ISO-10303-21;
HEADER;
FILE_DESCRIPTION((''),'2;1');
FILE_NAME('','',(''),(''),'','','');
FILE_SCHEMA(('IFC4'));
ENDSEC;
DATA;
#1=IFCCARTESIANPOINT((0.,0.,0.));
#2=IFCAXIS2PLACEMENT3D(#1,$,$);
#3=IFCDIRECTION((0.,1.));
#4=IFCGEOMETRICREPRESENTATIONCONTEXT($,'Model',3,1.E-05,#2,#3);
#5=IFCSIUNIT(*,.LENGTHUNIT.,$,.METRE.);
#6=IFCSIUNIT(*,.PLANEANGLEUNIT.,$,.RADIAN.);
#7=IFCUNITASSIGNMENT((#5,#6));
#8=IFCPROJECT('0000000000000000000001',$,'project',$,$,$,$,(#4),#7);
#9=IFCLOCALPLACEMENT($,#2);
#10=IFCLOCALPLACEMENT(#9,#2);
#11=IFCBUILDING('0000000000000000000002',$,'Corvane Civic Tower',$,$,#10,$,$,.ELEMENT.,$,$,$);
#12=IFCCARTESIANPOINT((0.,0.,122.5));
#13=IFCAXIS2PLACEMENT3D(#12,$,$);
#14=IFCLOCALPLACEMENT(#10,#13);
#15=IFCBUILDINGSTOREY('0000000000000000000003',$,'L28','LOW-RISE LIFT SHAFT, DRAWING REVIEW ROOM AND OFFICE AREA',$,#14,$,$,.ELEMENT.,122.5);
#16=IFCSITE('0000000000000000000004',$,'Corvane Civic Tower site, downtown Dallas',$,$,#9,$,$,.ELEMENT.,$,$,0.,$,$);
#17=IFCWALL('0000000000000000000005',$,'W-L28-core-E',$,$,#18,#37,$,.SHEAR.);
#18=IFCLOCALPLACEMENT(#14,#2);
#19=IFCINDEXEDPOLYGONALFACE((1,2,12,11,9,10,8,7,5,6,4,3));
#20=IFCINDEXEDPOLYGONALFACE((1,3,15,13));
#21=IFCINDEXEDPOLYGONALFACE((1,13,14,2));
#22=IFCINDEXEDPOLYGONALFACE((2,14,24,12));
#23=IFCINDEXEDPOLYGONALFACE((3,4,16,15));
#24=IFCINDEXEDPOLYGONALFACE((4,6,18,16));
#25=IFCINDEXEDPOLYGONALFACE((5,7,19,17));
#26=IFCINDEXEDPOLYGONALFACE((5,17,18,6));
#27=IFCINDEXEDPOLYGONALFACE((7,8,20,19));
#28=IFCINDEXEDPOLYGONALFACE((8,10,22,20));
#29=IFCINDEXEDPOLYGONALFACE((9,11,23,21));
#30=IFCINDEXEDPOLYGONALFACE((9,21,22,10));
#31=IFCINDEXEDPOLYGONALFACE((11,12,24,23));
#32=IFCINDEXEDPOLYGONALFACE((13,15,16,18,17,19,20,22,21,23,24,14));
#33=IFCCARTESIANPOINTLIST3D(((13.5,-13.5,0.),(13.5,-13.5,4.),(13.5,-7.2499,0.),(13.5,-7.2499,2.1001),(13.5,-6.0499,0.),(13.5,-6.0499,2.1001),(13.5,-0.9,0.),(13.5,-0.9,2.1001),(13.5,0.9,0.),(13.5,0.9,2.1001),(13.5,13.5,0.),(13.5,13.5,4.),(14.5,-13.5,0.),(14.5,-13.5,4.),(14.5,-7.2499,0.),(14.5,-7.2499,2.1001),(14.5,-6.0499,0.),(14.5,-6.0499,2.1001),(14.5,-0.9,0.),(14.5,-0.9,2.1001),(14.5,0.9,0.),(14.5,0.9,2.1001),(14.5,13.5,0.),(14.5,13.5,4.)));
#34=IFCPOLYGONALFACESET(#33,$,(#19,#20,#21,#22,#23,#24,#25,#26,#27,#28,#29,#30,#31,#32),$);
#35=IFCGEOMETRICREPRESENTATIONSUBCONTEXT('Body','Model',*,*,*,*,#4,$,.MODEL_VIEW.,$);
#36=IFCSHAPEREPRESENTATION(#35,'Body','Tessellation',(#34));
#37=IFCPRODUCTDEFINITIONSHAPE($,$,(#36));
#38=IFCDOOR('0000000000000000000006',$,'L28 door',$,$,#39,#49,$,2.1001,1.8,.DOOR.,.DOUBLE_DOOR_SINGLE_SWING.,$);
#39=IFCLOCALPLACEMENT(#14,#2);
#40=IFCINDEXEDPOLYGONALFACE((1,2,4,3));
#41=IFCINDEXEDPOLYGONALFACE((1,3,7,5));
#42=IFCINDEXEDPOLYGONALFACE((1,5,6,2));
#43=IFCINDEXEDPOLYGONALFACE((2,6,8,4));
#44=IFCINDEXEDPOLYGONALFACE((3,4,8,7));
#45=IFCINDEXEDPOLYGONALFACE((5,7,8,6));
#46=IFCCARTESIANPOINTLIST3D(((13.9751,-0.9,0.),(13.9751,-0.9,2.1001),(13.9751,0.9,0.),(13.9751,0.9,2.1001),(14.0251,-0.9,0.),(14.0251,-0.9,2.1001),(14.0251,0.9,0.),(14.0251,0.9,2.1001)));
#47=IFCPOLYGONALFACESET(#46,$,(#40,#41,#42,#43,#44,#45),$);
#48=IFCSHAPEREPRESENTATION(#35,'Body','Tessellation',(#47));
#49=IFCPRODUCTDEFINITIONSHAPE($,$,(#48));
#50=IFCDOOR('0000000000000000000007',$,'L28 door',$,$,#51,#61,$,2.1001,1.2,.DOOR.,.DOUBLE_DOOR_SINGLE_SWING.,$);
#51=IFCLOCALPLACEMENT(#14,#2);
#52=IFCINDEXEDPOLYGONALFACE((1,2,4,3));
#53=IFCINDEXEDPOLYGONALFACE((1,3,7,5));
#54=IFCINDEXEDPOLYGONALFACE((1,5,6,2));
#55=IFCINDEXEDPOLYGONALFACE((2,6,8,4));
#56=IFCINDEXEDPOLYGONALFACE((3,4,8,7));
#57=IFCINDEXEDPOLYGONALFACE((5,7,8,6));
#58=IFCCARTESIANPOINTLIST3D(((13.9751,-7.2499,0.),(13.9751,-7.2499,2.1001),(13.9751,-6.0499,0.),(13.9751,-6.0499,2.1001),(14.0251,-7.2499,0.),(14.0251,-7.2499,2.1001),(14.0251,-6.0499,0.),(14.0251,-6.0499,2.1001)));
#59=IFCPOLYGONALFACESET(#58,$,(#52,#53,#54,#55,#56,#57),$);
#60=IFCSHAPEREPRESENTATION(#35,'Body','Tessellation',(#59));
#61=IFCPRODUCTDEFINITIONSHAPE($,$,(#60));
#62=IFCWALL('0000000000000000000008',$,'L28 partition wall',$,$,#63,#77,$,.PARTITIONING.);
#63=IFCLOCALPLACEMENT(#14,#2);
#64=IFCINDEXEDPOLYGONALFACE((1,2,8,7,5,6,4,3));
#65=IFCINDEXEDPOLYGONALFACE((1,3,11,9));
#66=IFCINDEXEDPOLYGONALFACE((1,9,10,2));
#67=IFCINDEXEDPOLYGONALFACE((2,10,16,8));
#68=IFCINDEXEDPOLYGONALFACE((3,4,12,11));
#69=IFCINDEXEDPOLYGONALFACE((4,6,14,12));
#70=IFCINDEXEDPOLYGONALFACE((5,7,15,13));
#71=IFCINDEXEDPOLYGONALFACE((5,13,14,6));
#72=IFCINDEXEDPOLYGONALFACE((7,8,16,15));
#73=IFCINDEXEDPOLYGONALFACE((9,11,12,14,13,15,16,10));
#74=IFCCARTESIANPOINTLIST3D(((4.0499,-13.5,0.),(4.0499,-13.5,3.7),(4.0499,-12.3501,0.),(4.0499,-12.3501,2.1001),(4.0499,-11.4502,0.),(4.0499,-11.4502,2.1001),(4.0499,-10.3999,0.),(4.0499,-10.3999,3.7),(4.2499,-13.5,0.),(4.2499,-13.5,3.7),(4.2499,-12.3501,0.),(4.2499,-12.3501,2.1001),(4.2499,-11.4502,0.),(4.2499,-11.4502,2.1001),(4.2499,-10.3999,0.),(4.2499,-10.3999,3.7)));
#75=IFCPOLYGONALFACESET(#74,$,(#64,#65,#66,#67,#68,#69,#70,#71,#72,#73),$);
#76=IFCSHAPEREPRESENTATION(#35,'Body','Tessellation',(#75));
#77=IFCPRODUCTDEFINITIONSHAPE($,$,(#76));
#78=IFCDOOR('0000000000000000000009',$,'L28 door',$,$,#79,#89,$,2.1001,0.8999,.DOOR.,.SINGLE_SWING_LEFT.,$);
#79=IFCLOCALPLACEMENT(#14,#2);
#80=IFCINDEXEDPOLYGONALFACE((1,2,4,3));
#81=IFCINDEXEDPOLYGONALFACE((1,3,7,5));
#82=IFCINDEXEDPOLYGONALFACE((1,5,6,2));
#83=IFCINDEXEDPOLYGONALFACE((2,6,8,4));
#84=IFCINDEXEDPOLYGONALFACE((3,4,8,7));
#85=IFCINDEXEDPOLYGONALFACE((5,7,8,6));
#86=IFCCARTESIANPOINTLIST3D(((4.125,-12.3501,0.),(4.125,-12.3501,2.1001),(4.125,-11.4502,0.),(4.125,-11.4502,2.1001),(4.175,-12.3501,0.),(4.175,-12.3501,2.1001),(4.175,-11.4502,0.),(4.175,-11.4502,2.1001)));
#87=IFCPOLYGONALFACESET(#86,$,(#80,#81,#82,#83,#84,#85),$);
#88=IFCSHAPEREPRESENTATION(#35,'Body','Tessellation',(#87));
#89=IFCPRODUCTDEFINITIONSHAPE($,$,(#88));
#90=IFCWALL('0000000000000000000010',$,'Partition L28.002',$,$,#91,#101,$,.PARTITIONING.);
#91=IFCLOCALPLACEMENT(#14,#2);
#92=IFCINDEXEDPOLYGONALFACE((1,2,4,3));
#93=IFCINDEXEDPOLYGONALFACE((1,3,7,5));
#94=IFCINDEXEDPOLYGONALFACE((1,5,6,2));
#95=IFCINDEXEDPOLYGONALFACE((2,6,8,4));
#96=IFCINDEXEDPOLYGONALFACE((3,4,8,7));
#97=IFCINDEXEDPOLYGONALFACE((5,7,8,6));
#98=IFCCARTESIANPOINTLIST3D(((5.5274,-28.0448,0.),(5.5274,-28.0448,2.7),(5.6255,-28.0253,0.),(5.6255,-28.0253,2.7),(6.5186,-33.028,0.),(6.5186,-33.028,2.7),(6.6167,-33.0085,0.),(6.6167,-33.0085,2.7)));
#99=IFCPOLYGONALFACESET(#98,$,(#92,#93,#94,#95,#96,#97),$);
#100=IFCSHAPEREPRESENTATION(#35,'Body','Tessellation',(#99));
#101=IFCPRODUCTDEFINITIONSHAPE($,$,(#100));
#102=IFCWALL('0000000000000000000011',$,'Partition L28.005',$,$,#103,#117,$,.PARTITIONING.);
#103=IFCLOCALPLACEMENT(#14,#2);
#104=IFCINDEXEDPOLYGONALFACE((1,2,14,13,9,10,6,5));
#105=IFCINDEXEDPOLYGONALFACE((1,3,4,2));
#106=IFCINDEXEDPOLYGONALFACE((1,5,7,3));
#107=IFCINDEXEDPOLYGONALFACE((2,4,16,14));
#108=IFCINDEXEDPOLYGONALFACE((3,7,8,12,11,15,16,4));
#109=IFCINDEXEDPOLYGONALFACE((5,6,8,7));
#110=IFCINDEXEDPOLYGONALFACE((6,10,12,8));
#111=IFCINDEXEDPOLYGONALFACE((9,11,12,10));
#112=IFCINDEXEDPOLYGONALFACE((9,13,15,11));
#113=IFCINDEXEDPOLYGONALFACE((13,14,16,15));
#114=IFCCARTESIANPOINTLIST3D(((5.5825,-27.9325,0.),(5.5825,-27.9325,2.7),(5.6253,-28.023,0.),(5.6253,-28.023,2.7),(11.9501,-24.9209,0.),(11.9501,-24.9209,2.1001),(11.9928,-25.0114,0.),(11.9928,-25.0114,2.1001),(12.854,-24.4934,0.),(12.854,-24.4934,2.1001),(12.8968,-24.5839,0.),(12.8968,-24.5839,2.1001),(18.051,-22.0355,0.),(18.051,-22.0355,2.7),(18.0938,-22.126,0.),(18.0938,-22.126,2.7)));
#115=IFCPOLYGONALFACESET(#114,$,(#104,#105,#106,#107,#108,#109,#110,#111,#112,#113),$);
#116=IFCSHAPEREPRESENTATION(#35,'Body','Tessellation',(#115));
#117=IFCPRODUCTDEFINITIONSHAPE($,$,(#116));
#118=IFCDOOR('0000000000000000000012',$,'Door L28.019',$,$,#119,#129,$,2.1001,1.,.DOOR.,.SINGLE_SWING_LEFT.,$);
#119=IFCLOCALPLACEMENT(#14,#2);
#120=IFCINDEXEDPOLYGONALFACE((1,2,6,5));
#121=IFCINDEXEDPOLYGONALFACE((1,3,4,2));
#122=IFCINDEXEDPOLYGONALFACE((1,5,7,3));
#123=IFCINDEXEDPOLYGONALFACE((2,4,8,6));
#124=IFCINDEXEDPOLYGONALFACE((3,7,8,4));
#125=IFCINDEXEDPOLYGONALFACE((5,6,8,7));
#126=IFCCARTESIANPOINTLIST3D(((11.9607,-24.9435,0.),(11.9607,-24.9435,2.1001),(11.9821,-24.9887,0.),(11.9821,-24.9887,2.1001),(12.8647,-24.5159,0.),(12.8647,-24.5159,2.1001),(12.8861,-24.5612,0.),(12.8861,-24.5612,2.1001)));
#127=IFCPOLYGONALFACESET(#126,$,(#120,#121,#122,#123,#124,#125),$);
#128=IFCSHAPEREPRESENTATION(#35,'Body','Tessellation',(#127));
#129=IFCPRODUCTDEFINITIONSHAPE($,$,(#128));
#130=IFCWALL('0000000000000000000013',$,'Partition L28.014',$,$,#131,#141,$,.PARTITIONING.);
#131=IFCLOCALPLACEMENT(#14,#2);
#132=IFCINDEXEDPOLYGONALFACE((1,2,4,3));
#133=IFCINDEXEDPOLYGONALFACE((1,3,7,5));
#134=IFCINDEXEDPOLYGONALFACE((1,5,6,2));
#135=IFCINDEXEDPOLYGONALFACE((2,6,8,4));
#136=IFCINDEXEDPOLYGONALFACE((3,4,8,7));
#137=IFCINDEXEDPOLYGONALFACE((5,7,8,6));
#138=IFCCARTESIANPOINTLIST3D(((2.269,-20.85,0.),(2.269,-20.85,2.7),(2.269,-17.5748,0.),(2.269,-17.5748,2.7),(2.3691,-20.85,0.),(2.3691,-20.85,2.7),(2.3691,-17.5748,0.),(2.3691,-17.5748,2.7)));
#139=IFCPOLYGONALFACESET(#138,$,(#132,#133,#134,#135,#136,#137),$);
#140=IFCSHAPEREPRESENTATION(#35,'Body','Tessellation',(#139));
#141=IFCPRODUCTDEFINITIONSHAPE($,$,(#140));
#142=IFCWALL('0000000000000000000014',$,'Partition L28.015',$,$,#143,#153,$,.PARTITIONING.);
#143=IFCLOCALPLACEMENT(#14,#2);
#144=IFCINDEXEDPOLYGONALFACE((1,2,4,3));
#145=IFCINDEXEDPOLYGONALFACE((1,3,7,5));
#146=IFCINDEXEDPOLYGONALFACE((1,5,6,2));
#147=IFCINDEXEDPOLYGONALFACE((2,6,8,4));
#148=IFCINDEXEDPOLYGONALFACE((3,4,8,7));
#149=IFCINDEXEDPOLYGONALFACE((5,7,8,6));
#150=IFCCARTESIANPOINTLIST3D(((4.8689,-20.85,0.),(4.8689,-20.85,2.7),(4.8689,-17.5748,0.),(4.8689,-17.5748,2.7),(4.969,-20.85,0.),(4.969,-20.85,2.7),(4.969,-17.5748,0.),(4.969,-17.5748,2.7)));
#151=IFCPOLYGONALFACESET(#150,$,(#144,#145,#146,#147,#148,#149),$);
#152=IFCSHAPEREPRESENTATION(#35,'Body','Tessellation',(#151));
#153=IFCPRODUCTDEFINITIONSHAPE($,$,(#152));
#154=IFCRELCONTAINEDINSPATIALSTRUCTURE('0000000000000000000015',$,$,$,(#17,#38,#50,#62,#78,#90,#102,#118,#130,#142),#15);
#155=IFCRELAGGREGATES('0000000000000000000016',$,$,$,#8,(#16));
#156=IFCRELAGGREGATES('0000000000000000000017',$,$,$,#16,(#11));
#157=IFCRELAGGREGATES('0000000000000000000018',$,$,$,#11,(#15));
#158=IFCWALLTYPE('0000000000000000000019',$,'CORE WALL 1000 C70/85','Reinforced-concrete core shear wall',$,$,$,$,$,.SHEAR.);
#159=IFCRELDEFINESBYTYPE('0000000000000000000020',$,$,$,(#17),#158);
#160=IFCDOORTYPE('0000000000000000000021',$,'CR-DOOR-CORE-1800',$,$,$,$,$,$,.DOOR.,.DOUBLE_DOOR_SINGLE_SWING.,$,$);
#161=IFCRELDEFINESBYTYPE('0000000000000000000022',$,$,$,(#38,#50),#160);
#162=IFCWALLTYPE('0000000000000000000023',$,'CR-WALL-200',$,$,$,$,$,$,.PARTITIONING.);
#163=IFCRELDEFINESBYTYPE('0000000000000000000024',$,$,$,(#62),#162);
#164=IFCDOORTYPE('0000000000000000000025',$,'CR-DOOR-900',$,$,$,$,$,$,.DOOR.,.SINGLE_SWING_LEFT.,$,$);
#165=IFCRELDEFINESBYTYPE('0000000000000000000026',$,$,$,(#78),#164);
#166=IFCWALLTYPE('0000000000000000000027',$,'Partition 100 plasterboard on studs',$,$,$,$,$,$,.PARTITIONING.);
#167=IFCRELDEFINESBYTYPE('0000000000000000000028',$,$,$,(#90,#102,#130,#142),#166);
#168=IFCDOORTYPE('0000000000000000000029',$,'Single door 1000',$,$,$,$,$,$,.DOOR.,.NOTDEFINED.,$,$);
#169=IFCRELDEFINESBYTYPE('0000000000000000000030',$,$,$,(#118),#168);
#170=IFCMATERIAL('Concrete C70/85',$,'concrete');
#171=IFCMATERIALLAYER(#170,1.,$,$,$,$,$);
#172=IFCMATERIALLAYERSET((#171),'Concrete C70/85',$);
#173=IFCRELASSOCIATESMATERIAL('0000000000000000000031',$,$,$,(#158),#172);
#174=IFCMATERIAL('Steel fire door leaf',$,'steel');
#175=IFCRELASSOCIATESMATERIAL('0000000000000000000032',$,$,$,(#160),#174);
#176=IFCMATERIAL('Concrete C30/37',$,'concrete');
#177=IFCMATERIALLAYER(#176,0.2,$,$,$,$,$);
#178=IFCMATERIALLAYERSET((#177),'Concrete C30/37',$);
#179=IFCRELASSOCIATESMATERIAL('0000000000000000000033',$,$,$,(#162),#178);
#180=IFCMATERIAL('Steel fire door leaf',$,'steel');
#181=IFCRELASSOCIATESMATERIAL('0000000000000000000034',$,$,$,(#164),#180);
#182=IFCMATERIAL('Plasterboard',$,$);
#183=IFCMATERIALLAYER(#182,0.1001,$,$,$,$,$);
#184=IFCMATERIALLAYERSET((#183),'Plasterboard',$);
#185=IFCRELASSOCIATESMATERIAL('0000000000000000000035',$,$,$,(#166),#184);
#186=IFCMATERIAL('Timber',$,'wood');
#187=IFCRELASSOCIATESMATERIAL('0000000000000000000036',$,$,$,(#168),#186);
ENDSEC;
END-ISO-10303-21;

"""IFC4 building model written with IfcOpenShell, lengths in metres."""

from ifc_helpers import new_model, si_unit, direction, frame, frame_2d, origin, place, context, subcontext, project, spatial, rectangle, extrude, material, layer, layer_set, type_object, element, fill, save


model = new_model("IFC4")

# Units and contexts
model_context = context("Model", 3, precision=1e-05, world=origin(), true_north=direction((0.0, 1.0)))
body_context = subcontext(model_context, "Body", "Model", "MODEL_VIEW")
ifc_project = project(units=[si_unit("LENGTHUNIT", "METRE"), si_unit("PLANEANGLEUNIT", "RADIAN")], contexts=[model_context])

# Site, building, storey
site_placement = place(None, origin())
site = spatial("IfcSite", under=ifc_project, at=site_placement, Name="Corvane Civic Tower site, downtown Dallas", CompositionType="ELEMENT", RefElevation=0.0)
building_placement = place(site_placement, origin())
building = spatial("IfcBuilding", under=site, at=building_placement, Name="Corvane Civic Tower", CompositionType="ELEMENT")
storey_placement = place(building_placement, frame((0.0, 0.0, 122.5)))
storey = spatial("IfcBuildingStorey", under=building, at=storey_placement, Name="L28", Description="LOW-RISE LIFT SHAFT, DRAWING REVIEW ROOM AND OFFICE AREA", CompositionType="ELEMENT", Elevation=122.5)

# Wall, openings, doors
ifc_material_1 = material(Name="Concrete C70/85", Category="concrete")
ifc_layer_1 = layer(ifc_material_1, 1.0)
ifc_layer_set_1 = layer_set([ifc_layer_1], Name="Concrete C70/85")
wall_type_1 = type_object("IfcWallType", Name="CORE WALL 1000 C70/85", Description="Reinforced-concrete core shear wall", PredefinedType="SHEAR", material=ifc_layer_set_1)
wall_1_placement = place(storey_placement, frame((14.0, -13.5, 0.0), z_axis=(0.0, 0.0, 1.0), x_axis=(0.0, 1.0, 0.0)))
wall_1 = element("IfcWall", 1, at=wall_1_placement, inside=storey, type_object=wall_type_1, Name="W-L28-core-E", PredefinedType="SHEAR", context=body_context, shape_type="SweptSolid", body=[
    extrude(rectangle(XDim=27.0, YDim=1.0, at=frame_2d((13.5, 0.0))), origin(), (0.0, 0.0, 1.0), 4.0),
])
opening_1_placement = place(wall_1_placement, frame((12.6001, 0.0, 0.0)))
opening_1 = element("IfcOpeningElement", 2, at=opening_1_placement, cuts=wall_1, PredefinedType="OPENING", context=body_context, shape_type="SweptSolid", body=[
    extrude(rectangle(XDim=1.8, YDim=2.1001, at=frame_2d((0.8999, 1.05))), frame((0.0, 0.51, 0.0), z_axis=(0.0, -1.0, 0.0), x_axis=(1.0, 0.0, 0.0)), (0.0, 0.0, 1.0), 1.02),
])
opening_2_placement = place(wall_1_placement, frame((6.25, 0.0, 0.0)))
opening_2 = element("IfcOpeningElement", 3, at=opening_2_placement, cuts=wall_1, PredefinedType="OPENING", context=body_context, shape_type="SweptSolid", body=[
    extrude(rectangle(XDim=1.2, YDim=2.1001, at=frame_2d((0.6001, 1.05))), frame((0.0, 0.51, 0.0), z_axis=(0.0, -1.0, 0.0), x_axis=(1.0, 0.0, 0.0)), (0.0, 0.0, 1.0), 1.02),
])
ifc_material_2 = material(Name="Steel fire door leaf", Category="steel")
door_type_1 = type_object("IfcDoorType", Name="CR-DOOR-CORE-1800", OperationType="DOUBLE_DOOR_SINGLE_SWING", PredefinedType="DOOR", material=ifc_material_2)
door_1_placement = place(opening_1_placement, origin())
door_1 = element("IfcDoor", 4, at=door_1_placement, inside=storey, type_object=door_type_1, Name="L28 door", OperationType="DOUBLE_DOOR_SINGLE_SWING", OverallHeight=2.1001, OverallWidth=1.8, PredefinedType="DOOR", context=body_context, shape_type="SweptSolid", body=[
    extrude(rectangle(XDim=1.8, YDim=2.1001, at=frame_2d((0.8999, 1.05))), frame((0.0, 0.0249, 0.0), z_axis=(0.0, -1.0, 0.0), x_axis=(1.0, 0.0, 0.0)), (0.0, 0.0, 1.0), 0.05),
])
fill(opening_1, door_1)
door_2_placement = place(opening_2_placement, origin())
door_2 = element("IfcDoor", 5, at=door_2_placement, inside=storey, type_object=door_type_1, Name="L28 door", OperationType="DOUBLE_DOOR_SINGLE_SWING", OverallHeight=2.1001, OverallWidth=1.2, PredefinedType="DOOR", context=body_context, shape_type="SweptSolid", body=[
    extrude(rectangle(XDim=1.2, YDim=2.1001, at=frame_2d((0.6001, 1.05))), frame((0.0, 0.0249, 0.0), z_axis=(0.0, -1.0, 0.0), x_axis=(1.0, 0.0, 0.0)), (0.0, 0.0, 1.0), 0.05),
])
fill(opening_2, door_2)

# Wall, opening, door
ifc_material_3 = material(Name="Concrete C30/37", Category="concrete")
ifc_layer_2 = layer(ifc_material_3, 0.2)
ifc_layer_set_2 = layer_set([ifc_layer_2], Name="Concrete C30/37")
wall_type_2 = type_object("IfcWallType", Name="CR-WALL-200", PredefinedType="PARTITIONING", material=ifc_layer_set_2)
wall_2_placement = place(storey_placement, frame((4.1499, -13.5, 0.0), z_axis=(0.0, 0.0, 1.0), x_axis=(0.0, 1.0, 0.0)))
wall_2 = element("IfcWall", 6, at=wall_2_placement, inside=storey, type_object=wall_type_2, Name="L28 partition wall", PredefinedType="PARTITIONING", context=body_context, shape_type="SweptSolid", body=[
    extrude(rectangle(XDim=3.1001, YDim=0.2, at=frame_2d((1.55, 0.0))), origin(), (0.0, 0.0, 1.0), 3.7),
])
opening_3_placement = place(wall_2_placement, frame((1.1499, 0.0, 0.0)))
opening_3 = element("IfcOpeningElement", 7, at=opening_3_placement, cuts=wall_2, PredefinedType="OPENING", context=body_context, shape_type="SweptSolid", body=[
    extrude(rectangle(XDim=0.8999, YDim=2.1001, at=frame_2d((0.45, 1.05))), frame((0.0, 0.1099, 0.0), z_axis=(0.0, -1.0, 0.0), x_axis=(1.0, 0.0, 0.0)), (0.0, 0.0, 1.0), 0.22),
])
ifc_material_4 = material(Name="Steel fire door leaf", Category="steel")
door_type_2 = type_object("IfcDoorType", Name="CR-DOOR-900", OperationType="SINGLE_SWING_LEFT", PredefinedType="DOOR", material=ifc_material_4)
door_3_placement = place(opening_3_placement, origin())
door_3 = element("IfcDoor", 8, at=door_3_placement, inside=storey, type_object=door_type_2, Name="L28 door", OperationType="SINGLE_SWING_LEFT", OverallHeight=2.1001, OverallWidth=0.8999, PredefinedType="DOOR", context=body_context, shape_type="SweptSolid", body=[
    extrude(rectangle(XDim=0.8999, YDim=2.1001, at=frame_2d((0.45, 1.05))), frame((0.0, 0.0249, 0.0), z_axis=(0.0, -1.0, 0.0), x_axis=(1.0, 0.0, 0.0)), (0.0, 0.0, 1.0), 0.05),
])
fill(opening_3, door_3)

# Wall
ifc_material_5 = material(Name="Plasterboard")
ifc_layer_3 = layer(ifc_material_5, 0.1001)
ifc_layer_set_3 = layer_set([ifc_layer_3], Name="Plasterboard")
wall_type_3 = type_object("IfcWallType", Name="Partition 100 plasterboard on studs", PredefinedType="PARTITIONING", material=ifc_layer_set_3)
wall_3_placement = place(storey_placement, frame((5.5764, -28.0349, 0.0), z_axis=(0.0, 0.0, 1.0), x_axis=(0.19509, -0.980785, 0.0)))
element("IfcWall", 9, at=wall_3_placement, inside=storey, type_object=wall_type_3, Name="Partition L28.002", PredefinedType="PARTITIONING", context=body_context, shape_type="SweptSolid", body=[
    extrude(rectangle(XDim=5.0808, YDim=0.1001, at=frame_2d((2.5405, 0.0))), origin(), (0.0, 0.0, 1.0), 2.7),
])

# Wall, opening, door
wall_4_placement = place(storey_placement, frame((5.6038, -27.9778, 0.0), z_axis=(0.0, 0.0, 1.0), x_axis=(0.903995, 0.427544, 0.0)))
wall_4 = element("IfcWall", 10, at=wall_4_placement, inside=storey, type_object=wall_type_3, Name="Partition L28.005", PredefinedType="PARTITIONING", context=body_context, shape_type="SweptSolid", body=[
    extrude(rectangle(XDim=13.7927, YDim=0.1001, at=frame_2d((6.8965, 0.0))), origin(), (0.0, 0.0, 1.0), 2.7),
])
opening_4_placement = place(wall_4_placement, frame((7.0439, 0.0, 0.0)))
opening_4 = element("IfcOpeningElement", 11, at=opening_4_placement, cuts=wall_4, PredefinedType="OPENING", context=body_context, shape_type="SweptSolid", body=[
    extrude(rectangle(XDim=1.0, YDim=2.1001, at=frame_2d((0.5, 1.05))), frame((0.0, 0.0601, 0.0), z_axis=(0.0, -1.0, 0.0), x_axis=(1.0, 0.0, 0.0)), (0.0, 0.0, 1.0), 0.1201),
])
ifc_material_6 = material(Name="Timber", Category="wood")
door_type_3 = type_object("IfcDoorType", Name="Single door 1000", OperationType="NOTDEFINED", PredefinedType="DOOR", material=ifc_material_6)
door_4_placement = place(opening_4_placement, frame((1.0, 0.0, 0.0), z_axis=(0.0, 0.0, 1.0), x_axis=(-1.0, 0.0, 0.0)))
door_4 = element("IfcDoor", 12, at=door_4_placement, inside=storey, type_object=door_type_3, Name="Door L28.019", OperationType="SINGLE_SWING_LEFT", OverallHeight=2.1001, OverallWidth=1.0, PredefinedType="DOOR", context=body_context, shape_type="SweptSolid", body=[
    extrude(rectangle(XDim=1.0, YDim=2.1001, at=frame_2d((0.5, 1.05))), frame((0.0, 0.0249, 0.0), z_axis=(0.0, -1.0, 0.0), x_axis=(1.0, 0.0, 0.0)), (0.0, 0.0, 1.0), 0.05),
])
fill(opening_4, door_4)

# Walls
for number, where, z_axis, x_axis, name in (
    (13, (2.3191, -20.8501, 0.0), (0.0, 0.0, 1.0), (0.0, 1.0, 0.0), "Partition L28.014"),
    (14, (4.9189, -20.8501, 0.0), (0.0, 0.0, 1.0), (0.0, 1.0, 0.0), "Partition L28.015"),
):
    element("IfcWall", number, at=place(storey_placement, frame(where, z_axis=z_axis, x_axis=x_axis)), inside=storey, type_object=wall_type_3, Name=name, PredefinedType="PARTITIONING", context=body_context, shape_type="SweptSolid", body=[
        extrude(rectangle(XDim=3.2751, YDim=0.1001, at=frame_2d((1.6377, 0.0))), origin(), (0.0, 0.0, 1.0), 2.7),
    ])

save(model, "model.ifc")
